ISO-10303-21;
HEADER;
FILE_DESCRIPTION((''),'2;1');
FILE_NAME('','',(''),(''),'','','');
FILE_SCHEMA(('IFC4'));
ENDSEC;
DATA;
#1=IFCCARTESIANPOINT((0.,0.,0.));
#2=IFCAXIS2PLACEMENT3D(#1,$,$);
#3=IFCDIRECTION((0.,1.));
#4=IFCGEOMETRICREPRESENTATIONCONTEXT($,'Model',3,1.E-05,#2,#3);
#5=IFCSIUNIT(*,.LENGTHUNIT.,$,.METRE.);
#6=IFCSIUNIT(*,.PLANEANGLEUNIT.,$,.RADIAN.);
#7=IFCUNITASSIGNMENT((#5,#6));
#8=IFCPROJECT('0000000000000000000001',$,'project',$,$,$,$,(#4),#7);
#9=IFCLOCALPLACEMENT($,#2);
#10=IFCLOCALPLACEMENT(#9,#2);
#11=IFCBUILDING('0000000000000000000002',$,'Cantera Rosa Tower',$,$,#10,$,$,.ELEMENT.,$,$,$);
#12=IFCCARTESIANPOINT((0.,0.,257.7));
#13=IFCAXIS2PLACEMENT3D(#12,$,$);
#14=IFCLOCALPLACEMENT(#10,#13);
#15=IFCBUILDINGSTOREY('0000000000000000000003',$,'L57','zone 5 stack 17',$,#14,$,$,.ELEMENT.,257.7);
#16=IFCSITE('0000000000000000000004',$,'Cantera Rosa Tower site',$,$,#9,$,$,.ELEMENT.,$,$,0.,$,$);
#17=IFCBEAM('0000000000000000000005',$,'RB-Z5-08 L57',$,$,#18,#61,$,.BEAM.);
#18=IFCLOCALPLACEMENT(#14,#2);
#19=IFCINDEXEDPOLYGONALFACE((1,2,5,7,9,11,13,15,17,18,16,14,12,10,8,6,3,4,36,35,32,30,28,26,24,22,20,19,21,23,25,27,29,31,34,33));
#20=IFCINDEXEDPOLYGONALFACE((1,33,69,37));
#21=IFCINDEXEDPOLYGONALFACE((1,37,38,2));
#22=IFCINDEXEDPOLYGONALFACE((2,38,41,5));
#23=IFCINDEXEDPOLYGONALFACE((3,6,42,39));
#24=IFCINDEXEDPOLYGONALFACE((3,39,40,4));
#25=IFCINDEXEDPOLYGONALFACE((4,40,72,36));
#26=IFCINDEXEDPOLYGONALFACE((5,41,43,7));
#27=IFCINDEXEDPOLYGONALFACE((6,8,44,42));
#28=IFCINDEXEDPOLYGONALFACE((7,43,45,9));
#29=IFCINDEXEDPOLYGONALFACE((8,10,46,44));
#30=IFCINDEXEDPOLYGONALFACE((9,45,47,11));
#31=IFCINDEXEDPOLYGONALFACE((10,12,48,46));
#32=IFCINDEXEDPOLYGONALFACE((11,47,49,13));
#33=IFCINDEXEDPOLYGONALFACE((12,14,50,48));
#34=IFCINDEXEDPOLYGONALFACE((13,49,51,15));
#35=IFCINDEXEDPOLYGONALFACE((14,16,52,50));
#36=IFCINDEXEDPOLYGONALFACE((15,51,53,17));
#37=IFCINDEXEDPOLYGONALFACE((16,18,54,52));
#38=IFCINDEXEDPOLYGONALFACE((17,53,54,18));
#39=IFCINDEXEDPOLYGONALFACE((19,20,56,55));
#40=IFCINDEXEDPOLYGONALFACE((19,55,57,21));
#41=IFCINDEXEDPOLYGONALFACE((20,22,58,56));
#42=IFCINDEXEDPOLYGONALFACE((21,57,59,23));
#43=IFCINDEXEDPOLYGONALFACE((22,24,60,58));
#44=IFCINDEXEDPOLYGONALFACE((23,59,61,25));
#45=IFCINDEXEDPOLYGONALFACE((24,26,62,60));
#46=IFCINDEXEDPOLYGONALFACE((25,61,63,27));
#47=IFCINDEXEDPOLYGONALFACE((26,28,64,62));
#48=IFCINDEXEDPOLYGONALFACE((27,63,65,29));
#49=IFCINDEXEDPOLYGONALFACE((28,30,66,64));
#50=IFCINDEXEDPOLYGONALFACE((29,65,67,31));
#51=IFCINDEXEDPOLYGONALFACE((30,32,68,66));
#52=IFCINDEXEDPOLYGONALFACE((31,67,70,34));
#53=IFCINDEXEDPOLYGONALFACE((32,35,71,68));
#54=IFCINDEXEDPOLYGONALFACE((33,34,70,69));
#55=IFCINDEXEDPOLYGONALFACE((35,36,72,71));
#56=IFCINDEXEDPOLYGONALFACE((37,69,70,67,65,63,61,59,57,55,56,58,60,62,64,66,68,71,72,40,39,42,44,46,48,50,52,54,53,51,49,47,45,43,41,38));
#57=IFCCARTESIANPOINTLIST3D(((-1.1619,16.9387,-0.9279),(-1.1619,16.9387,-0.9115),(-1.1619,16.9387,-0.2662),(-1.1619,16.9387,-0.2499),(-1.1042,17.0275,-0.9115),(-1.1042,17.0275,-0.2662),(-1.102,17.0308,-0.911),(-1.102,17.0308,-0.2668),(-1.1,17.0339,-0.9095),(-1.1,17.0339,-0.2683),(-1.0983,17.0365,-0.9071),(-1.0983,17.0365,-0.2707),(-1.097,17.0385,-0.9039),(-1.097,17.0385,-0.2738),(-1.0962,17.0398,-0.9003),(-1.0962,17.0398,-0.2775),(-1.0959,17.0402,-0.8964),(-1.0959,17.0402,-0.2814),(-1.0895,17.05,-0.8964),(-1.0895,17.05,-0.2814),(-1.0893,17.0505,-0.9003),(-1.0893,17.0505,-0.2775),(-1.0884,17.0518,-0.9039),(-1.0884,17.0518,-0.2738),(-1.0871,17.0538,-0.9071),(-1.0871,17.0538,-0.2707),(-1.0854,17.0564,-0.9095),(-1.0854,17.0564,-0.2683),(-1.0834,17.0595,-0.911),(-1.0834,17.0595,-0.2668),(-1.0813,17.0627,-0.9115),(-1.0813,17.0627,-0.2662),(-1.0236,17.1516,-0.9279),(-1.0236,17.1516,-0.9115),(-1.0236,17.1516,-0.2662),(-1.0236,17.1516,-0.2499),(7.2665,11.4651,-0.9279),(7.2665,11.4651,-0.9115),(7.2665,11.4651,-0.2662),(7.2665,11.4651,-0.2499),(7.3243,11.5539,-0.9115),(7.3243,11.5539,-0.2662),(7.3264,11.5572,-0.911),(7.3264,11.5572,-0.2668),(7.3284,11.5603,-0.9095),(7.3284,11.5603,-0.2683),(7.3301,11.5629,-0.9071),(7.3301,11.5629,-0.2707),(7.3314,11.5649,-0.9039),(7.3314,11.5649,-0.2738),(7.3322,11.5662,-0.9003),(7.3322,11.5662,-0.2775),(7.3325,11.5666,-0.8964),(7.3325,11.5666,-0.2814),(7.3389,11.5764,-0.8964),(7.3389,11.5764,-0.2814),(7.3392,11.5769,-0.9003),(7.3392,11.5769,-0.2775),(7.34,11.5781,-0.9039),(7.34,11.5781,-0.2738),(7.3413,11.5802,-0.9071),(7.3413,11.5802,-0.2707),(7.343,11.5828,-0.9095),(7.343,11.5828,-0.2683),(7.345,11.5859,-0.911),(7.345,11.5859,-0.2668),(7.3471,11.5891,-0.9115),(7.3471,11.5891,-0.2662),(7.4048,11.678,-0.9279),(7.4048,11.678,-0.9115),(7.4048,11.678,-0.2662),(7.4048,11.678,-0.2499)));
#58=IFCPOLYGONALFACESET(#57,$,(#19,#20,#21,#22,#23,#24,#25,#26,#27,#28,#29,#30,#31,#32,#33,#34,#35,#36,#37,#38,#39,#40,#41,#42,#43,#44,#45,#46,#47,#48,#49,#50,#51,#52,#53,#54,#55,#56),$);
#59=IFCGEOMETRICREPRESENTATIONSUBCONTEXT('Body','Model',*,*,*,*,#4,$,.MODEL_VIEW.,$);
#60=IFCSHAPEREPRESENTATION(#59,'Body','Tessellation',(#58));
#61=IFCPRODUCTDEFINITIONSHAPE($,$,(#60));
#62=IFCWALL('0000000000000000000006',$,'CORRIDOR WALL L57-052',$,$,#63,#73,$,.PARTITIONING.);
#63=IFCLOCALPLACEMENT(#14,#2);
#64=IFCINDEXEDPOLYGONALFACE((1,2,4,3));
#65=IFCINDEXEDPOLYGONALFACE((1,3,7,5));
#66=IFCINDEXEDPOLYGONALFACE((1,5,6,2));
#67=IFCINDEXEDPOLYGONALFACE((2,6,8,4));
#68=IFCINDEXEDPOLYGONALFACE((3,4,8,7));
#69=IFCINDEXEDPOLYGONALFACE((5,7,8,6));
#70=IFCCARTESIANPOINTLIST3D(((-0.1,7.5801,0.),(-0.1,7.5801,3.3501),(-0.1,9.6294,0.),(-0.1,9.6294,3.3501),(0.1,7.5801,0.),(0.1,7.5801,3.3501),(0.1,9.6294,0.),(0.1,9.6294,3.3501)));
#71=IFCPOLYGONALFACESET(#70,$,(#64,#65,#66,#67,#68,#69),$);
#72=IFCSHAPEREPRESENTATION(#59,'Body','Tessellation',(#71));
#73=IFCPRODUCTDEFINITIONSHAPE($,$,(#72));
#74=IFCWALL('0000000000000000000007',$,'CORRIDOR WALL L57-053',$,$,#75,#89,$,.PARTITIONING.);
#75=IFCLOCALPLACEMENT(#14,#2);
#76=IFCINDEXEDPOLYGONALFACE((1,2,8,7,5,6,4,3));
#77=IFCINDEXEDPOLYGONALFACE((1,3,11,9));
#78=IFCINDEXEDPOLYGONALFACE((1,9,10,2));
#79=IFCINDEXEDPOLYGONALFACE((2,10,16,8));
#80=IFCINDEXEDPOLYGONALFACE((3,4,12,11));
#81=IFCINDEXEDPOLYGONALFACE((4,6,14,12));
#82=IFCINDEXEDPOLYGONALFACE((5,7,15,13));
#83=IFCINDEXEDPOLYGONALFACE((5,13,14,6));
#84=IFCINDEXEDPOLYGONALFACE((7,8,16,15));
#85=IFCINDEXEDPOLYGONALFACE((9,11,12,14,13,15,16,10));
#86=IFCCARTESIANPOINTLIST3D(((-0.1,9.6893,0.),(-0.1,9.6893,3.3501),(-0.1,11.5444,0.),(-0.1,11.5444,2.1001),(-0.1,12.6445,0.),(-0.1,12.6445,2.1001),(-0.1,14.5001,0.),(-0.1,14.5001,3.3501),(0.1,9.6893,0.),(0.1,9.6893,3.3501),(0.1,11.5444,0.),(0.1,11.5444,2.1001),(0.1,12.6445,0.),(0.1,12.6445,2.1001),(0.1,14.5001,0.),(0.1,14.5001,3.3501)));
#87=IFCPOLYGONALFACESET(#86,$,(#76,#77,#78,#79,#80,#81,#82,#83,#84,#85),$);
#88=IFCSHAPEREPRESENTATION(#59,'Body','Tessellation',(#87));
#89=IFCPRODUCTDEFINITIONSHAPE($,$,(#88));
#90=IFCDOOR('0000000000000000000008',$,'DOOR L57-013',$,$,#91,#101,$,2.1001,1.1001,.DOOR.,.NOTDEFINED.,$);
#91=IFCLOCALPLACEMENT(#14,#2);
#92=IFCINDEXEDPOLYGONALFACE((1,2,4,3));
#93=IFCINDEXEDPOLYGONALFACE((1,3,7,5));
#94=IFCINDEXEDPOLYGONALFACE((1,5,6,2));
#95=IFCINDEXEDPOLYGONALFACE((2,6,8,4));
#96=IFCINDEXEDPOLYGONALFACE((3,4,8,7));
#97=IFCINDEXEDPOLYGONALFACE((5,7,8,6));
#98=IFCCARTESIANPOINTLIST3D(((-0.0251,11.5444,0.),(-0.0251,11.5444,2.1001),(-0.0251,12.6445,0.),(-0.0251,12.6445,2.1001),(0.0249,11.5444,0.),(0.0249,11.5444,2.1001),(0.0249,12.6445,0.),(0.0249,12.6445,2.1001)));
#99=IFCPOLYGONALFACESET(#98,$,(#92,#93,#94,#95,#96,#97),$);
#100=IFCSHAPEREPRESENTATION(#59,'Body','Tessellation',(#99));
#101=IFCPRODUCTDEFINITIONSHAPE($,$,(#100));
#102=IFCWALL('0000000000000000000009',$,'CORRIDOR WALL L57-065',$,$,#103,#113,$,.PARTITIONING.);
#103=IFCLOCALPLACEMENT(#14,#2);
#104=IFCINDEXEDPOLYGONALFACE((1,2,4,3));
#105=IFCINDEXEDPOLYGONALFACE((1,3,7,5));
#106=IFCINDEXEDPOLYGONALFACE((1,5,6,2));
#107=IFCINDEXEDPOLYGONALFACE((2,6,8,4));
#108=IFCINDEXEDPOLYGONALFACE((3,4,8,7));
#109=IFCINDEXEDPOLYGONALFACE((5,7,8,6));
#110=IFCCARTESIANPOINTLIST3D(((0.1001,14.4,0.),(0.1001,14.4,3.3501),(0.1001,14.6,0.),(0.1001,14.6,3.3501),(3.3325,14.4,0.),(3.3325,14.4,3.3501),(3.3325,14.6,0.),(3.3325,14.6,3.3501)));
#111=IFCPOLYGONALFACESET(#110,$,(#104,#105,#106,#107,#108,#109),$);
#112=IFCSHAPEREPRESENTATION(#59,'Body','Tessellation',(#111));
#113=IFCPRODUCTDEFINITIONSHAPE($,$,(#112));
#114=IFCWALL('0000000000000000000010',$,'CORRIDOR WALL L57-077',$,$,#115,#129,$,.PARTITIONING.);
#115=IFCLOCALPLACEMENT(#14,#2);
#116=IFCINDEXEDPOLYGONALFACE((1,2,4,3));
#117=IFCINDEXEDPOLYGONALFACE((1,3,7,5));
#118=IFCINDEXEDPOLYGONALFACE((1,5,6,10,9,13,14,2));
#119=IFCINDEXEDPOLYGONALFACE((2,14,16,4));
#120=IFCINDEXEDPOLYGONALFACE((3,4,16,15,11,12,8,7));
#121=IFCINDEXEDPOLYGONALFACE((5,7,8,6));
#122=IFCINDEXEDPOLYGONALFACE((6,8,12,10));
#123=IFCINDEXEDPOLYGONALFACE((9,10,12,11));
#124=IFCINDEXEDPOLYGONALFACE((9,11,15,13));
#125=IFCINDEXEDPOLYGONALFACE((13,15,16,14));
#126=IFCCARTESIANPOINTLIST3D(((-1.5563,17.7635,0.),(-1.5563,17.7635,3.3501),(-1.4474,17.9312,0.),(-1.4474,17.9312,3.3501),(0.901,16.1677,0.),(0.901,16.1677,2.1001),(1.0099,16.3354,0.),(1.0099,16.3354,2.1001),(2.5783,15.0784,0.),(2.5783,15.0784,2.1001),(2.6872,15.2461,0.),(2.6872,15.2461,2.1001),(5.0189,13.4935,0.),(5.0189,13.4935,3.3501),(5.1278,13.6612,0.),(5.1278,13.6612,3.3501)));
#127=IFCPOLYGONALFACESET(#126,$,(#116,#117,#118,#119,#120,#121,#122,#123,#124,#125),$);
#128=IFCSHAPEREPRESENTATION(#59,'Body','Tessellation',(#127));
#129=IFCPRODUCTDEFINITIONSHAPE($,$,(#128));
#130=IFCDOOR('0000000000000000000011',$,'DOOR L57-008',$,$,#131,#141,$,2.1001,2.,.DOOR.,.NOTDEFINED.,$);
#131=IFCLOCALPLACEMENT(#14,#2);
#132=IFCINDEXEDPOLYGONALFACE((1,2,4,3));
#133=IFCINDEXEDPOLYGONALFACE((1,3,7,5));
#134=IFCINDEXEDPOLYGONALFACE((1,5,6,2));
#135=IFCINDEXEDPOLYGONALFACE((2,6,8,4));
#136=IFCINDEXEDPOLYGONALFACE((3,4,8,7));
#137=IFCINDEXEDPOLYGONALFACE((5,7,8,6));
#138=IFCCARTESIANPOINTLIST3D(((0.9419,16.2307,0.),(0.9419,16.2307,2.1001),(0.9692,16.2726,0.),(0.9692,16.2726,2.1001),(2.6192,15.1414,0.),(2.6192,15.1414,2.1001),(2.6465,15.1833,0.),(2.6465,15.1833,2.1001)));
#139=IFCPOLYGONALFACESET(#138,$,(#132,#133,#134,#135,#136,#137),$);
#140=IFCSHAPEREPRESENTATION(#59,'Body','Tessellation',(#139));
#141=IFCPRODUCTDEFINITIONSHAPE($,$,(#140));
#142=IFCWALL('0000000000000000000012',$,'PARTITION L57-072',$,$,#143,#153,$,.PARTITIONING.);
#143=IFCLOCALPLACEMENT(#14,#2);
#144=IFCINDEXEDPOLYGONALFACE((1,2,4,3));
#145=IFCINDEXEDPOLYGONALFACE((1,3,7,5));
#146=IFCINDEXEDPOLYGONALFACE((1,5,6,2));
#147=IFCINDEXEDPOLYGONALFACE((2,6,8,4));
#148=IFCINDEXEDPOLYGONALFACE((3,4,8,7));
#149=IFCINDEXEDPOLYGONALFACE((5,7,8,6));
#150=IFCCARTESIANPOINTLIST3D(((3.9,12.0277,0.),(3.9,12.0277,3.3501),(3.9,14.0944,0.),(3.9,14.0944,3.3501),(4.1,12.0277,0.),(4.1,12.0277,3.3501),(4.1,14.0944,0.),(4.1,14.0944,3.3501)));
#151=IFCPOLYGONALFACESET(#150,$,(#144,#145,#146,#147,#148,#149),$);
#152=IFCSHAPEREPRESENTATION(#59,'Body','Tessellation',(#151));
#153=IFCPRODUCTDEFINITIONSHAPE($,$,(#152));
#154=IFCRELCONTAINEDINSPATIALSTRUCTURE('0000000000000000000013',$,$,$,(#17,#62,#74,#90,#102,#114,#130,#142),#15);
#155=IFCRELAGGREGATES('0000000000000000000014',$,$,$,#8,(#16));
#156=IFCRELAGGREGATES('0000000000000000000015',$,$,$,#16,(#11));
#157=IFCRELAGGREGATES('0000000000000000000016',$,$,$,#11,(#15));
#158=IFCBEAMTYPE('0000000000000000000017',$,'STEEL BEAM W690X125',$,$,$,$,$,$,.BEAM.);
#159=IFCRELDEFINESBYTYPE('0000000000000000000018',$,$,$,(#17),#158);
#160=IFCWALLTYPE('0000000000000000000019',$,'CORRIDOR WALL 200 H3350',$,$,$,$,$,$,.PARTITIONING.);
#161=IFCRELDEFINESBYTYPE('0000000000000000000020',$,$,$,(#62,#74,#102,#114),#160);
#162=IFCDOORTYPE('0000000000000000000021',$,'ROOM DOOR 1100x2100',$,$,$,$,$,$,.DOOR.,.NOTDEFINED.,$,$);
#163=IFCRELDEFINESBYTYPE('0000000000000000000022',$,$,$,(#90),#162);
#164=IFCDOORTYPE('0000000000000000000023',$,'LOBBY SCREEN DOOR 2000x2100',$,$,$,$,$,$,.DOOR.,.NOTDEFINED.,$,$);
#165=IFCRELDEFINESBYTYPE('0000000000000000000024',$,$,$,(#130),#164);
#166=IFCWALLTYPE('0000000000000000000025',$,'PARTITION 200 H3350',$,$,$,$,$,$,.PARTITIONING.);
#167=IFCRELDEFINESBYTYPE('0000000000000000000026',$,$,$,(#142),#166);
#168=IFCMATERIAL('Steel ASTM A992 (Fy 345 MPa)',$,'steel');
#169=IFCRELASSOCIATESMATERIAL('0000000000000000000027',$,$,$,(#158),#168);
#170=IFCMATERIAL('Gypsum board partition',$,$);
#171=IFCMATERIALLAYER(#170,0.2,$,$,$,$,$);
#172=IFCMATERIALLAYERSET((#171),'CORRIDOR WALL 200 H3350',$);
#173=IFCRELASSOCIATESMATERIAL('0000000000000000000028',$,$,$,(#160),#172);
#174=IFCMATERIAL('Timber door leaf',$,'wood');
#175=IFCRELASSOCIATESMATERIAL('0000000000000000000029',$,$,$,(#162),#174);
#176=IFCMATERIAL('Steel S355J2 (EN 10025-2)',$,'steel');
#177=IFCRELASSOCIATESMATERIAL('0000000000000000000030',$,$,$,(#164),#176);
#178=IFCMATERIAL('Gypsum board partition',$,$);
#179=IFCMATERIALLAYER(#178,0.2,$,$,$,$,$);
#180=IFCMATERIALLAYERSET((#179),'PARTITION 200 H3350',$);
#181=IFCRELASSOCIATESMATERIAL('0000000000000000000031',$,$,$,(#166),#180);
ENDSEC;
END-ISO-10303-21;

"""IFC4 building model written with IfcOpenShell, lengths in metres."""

from ifc_helpers import new_model, si_unit, direction, frame, frame_2d, origin, origin_2d, place, context, subcontext, project, spatial, rectangle, i_section, extrude, material, layer, layer_set, material_profile, profile_set, type_object, element, fill, save


model = new_model("IFC4")

# Units and contexts
model_context = context("Model", 3, precision=1e-05, world=origin(), true_north=direction((0.0, 1.0)))
body_context = subcontext(model_context, "Body", "Model", "MODEL_VIEW")
ifc_project = project(units=[si_unit("LENGTHUNIT", "METRE"), si_unit("PLANEANGLEUNIT", "RADIAN")], contexts=[model_context])

# Site, building, storey
site_placement = place(None, origin())
site = spatial("IfcSite", under=ifc_project, at=site_placement, Name="Cantera Rosa Tower site", CompositionType="ELEMENT", RefElevation=0.0)
building_placement = place(site_placement, origin())
building = spatial("IfcBuilding", under=site, at=building_placement, Name="Cantera Rosa Tower", CompositionType="ELEMENT")
storey_placement = place(building_placement, frame((0.0, 0.0, 257.7)))
storey = spatial("IfcBuildingStorey", under=building, at=storey_placement, Name="L57", Description="zone 5 stack 17", CompositionType="ELEMENT", Elevation=257.7)

# Beam
ifc_material_1 = material(Name="Steel ASTM A992 (Fy 345 MPa)", Category="steel")
ifc_material_profile = material_profile(ifc_material_1, i_section(OverallWidth=0.2539, OverallDepth=0.678, WebThickness=0.0117, FlangeThickness=0.0164, FilletRadius=0.0151, at=origin_2d()), Name="W690X125")
ifc_profile_set = profile_set([ifc_material_profile], Name="Steel ASTM A992 (Fy 345 MPa)")
beam_type = type_object("IfcBeamType", Name="STEEL BEAM W690X125", PredefinedType="BEAM", material=ifc_profile_set)
beam_placement = place(storey_placement, frame((7.3357, 11.5715, -0.5889), z_axis=(-0.838665, 0.544648, 0.0), x_axis=(-0.544648, -0.838665, 0.0)))
element("IfcBeam", 1, at=beam_placement, inside=storey, type_object=beam_type, Name="RB-Z5-08 L57", PredefinedType="BEAM", context=body_context, shape_type="SweptSolid", body=[
    extrude(i_section(OverallWidth=0.2539, OverallDepth=0.678, WebThickness=0.0117, FlangeThickness=0.0164, FilletRadius=0.0151, at=origin_2d()), origin(), (0.0, 0.0, 1.0), 10.0498),
])

# Wall
ifc_material_2 = material(Name="Gypsum board partition")
ifc_layer_1 = layer(ifc_material_2, 0.2)
ifc_layer_set_1 = layer_set([ifc_layer_1], Name="CORRIDOR WALL 200 H3350")
wall_type_1 = type_object("IfcWallType", Name="CORRIDOR WALL 200 H3350", PredefinedType="PARTITIONING", material=ifc_layer_set_1)
wall_1_placement = place(storey_placement, frame((0.0, 9.6294, 0.0), z_axis=(0.0, 0.0, 1.0), x_axis=(0.0, -1.0, 0.0)))
element("IfcWall", 2, at=wall_1_placement, inside=storey, type_object=wall_type_1, Name="CORRIDOR WALL L57-052", PredefinedType="PARTITIONING", context=body_context, shape_type="SweptSolid", body=[
    extrude(rectangle(XDim=2.0493, YDim=0.2, at=frame_2d((1.0247, 0.0))), origin(), (0.0, 0.0, 1.0), 3.3501),
])

# Wall, opening, door
wall_2_placement = place(storey_placement, frame((0.0, 14.5, 0.0), z_axis=(0.0, 0.0, 1.0), x_axis=(0.0, -1.0, 0.0)))
wall_2 = element("IfcWall", 3, at=wall_2_placement, inside=storey, type_object=wall_type_1, Name="CORRIDOR WALL L57-053", PredefinedType="PARTITIONING", context=body_context, shape_type="SweptSolid", body=[
    extrude(rectangle(XDim=4.8108, YDim=0.2, at=frame_2d((2.4053, 0.0))), origin(), (0.0, 0.0, 1.0), 3.3501),
])
opening_1_placement = place(wall_2_placement, frame((1.8555, 0.0, 0.0)))
opening_1 = element("IfcOpeningElement", 4, at=opening_1_placement, cuts=wall_2, PredefinedType="OPENING", context=body_context, shape_type="SweptSolid", body=[
    extrude(rectangle(XDim=1.1001, YDim=2.1001, at=frame_2d((0.55, 1.05))), frame((0.0, 0.1099, 0.0), z_axis=(0.0, -1.0, 0.0), x_axis=(1.0, 0.0, 0.0)), (0.0, 0.0, 1.0), 0.22),
])
ifc_material_3 = material(Name="Timber door leaf", Category="wood")
door_type_1 = type_object("IfcDoorType", Name="ROOM DOOR 1100x2100", OperationType="NOTDEFINED", PredefinedType="DOOR", material=ifc_material_3)
door_1_placement = place(opening_1_placement, origin())
door_1 = element("IfcDoor", 5, at=door_1_placement, inside=storey, type_object=door_type_1, Name="DOOR L57-013", OperationType="NOTDEFINED", OverallHeight=2.1001, OverallWidth=1.1001, PredefinedType="DOOR", context=body_context, shape_type="SweptSolid", body=[
    extrude(rectangle(XDim=1.1001, YDim=2.1001, at=frame_2d((0.55, 1.05))), frame((0.0, 0.0249, 0.0), z_axis=(0.0, -1.0, 0.0), x_axis=(1.0, 0.0, 0.0)), (0.0, 0.0, 1.0), 0.05),
])
fill(opening_1, door_1)

# Wall
wall_3_placement = place(storey_placement, frame((3.3325, 14.5, 0.0), z_axis=(0.0, 0.0, 1.0), x_axis=(-1.0, 0.0, 0.0)))
element("IfcWall", 6, at=wall_3_placement, inside=storey, type_object=wall_type_1, Name="CORRIDOR WALL L57-065", PredefinedType="PARTITIONING", context=body_context, shape_type="SweptSolid", body=[
    extrude(rectangle(XDim=3.2324, YDim=0.2, at=frame_2d((1.6162, 0.0))), origin(), (0.0, 0.0, 1.0), 3.3501),
])

# Wall, opening, door
wall_4_placement = place(storey_placement, frame((5.0732, 13.5774, 0.0), z_axis=(0.0, 0.0, 1.0), x_axis=(-0.838668, 0.544642, 0.0)))
wall_4 = element("IfcWall", 7, at=wall_4_placement, inside=storey, type_object=wall_type_1, Name="CORRIDOR WALL L57-077", PredefinedType="PARTITIONING", context=body_context, shape_type="SweptSolid", body=[
    extrude(rectangle(XDim=7.8401, YDim=0.2, at=frame_2d((3.9199, 0.0))), origin(), (0.0, 0.0, 1.0), 3.3501),
])
opening_2_placement = place(wall_4_placement, frame((2.9099, 0.0, 0.0)))
opening_2 = element("IfcOpeningElement", 8, at=opening_2_placement, cuts=wall_4, PredefinedType="OPENING", context=body_context, shape_type="SweptSolid", body=[
    extrude(rectangle(XDim=2.0, YDim=2.1001, at=frame_2d((1.0, 1.05))), frame((0.0, 0.1099, 0.0), z_axis=(0.0, -1.0, 0.0), x_axis=(1.0, 0.0, 0.0)), (0.0, 0.0, 1.0), 0.22),
])
ifc_material_4 = material(Name="Steel S355J2 (EN 10025-2)", Category="steel")
door_type_2 = type_object("IfcDoorType", Name="LOBBY SCREEN DOOR 2000x2100", OperationType="NOTDEFINED", PredefinedType="DOOR", material=ifc_material_4)
door_2_placement = place(opening_2_placement, origin())
door_2 = element("IfcDoor", 9, at=door_2_placement, inside=storey, type_object=door_type_2, Name="DOOR L57-008", OperationType="NOTDEFINED", OverallHeight=2.1001, OverallWidth=2.0, PredefinedType="DOOR", context=body_context, shape_type="SweptSolid", body=[
    extrude(rectangle(XDim=2.0, YDim=2.1001, at=frame_2d((1.0, 1.05))), frame((0.0, 0.0249, 0.0), z_axis=(0.0, -1.0, 0.0), x_axis=(1.0, 0.0, 0.0)), (0.0, 0.0, 1.0), 0.05),
])
fill(opening_2, door_2)

# Wall
ifc_material_5 = material(Name="Gypsum board partition")
ifc_layer_2 = layer(ifc_material_5, 0.2)
ifc_layer_set_2 = layer_set([ifc_layer_2], Name="PARTITION 200 H3350")
wall_type_2 = type_object("IfcWallType", Name="PARTITION 200 H3350", PredefinedType="PARTITIONING", material=ifc_layer_set_2)
wall_5_placement = place(storey_placement, frame((4.0, 14.0942, 0.0), z_axis=(0.0, 0.0, 1.0), x_axis=(0.0, -1.0, 0.0)))
element("IfcWall", 10, at=wall_5_placement, inside=storey, type_object=wall_type_2, Name="PARTITION L57-072", PredefinedType="PARTITIONING", context=body_context, shape_type="SweptSolid", body=[
    extrude(rectangle(XDim=2.0667, YDim=0.2, at=frame_2d((1.0332, 0.0))), origin(), (0.0, 0.0, 1.0), 3.3501),
])

save(model, "model.ifc")
